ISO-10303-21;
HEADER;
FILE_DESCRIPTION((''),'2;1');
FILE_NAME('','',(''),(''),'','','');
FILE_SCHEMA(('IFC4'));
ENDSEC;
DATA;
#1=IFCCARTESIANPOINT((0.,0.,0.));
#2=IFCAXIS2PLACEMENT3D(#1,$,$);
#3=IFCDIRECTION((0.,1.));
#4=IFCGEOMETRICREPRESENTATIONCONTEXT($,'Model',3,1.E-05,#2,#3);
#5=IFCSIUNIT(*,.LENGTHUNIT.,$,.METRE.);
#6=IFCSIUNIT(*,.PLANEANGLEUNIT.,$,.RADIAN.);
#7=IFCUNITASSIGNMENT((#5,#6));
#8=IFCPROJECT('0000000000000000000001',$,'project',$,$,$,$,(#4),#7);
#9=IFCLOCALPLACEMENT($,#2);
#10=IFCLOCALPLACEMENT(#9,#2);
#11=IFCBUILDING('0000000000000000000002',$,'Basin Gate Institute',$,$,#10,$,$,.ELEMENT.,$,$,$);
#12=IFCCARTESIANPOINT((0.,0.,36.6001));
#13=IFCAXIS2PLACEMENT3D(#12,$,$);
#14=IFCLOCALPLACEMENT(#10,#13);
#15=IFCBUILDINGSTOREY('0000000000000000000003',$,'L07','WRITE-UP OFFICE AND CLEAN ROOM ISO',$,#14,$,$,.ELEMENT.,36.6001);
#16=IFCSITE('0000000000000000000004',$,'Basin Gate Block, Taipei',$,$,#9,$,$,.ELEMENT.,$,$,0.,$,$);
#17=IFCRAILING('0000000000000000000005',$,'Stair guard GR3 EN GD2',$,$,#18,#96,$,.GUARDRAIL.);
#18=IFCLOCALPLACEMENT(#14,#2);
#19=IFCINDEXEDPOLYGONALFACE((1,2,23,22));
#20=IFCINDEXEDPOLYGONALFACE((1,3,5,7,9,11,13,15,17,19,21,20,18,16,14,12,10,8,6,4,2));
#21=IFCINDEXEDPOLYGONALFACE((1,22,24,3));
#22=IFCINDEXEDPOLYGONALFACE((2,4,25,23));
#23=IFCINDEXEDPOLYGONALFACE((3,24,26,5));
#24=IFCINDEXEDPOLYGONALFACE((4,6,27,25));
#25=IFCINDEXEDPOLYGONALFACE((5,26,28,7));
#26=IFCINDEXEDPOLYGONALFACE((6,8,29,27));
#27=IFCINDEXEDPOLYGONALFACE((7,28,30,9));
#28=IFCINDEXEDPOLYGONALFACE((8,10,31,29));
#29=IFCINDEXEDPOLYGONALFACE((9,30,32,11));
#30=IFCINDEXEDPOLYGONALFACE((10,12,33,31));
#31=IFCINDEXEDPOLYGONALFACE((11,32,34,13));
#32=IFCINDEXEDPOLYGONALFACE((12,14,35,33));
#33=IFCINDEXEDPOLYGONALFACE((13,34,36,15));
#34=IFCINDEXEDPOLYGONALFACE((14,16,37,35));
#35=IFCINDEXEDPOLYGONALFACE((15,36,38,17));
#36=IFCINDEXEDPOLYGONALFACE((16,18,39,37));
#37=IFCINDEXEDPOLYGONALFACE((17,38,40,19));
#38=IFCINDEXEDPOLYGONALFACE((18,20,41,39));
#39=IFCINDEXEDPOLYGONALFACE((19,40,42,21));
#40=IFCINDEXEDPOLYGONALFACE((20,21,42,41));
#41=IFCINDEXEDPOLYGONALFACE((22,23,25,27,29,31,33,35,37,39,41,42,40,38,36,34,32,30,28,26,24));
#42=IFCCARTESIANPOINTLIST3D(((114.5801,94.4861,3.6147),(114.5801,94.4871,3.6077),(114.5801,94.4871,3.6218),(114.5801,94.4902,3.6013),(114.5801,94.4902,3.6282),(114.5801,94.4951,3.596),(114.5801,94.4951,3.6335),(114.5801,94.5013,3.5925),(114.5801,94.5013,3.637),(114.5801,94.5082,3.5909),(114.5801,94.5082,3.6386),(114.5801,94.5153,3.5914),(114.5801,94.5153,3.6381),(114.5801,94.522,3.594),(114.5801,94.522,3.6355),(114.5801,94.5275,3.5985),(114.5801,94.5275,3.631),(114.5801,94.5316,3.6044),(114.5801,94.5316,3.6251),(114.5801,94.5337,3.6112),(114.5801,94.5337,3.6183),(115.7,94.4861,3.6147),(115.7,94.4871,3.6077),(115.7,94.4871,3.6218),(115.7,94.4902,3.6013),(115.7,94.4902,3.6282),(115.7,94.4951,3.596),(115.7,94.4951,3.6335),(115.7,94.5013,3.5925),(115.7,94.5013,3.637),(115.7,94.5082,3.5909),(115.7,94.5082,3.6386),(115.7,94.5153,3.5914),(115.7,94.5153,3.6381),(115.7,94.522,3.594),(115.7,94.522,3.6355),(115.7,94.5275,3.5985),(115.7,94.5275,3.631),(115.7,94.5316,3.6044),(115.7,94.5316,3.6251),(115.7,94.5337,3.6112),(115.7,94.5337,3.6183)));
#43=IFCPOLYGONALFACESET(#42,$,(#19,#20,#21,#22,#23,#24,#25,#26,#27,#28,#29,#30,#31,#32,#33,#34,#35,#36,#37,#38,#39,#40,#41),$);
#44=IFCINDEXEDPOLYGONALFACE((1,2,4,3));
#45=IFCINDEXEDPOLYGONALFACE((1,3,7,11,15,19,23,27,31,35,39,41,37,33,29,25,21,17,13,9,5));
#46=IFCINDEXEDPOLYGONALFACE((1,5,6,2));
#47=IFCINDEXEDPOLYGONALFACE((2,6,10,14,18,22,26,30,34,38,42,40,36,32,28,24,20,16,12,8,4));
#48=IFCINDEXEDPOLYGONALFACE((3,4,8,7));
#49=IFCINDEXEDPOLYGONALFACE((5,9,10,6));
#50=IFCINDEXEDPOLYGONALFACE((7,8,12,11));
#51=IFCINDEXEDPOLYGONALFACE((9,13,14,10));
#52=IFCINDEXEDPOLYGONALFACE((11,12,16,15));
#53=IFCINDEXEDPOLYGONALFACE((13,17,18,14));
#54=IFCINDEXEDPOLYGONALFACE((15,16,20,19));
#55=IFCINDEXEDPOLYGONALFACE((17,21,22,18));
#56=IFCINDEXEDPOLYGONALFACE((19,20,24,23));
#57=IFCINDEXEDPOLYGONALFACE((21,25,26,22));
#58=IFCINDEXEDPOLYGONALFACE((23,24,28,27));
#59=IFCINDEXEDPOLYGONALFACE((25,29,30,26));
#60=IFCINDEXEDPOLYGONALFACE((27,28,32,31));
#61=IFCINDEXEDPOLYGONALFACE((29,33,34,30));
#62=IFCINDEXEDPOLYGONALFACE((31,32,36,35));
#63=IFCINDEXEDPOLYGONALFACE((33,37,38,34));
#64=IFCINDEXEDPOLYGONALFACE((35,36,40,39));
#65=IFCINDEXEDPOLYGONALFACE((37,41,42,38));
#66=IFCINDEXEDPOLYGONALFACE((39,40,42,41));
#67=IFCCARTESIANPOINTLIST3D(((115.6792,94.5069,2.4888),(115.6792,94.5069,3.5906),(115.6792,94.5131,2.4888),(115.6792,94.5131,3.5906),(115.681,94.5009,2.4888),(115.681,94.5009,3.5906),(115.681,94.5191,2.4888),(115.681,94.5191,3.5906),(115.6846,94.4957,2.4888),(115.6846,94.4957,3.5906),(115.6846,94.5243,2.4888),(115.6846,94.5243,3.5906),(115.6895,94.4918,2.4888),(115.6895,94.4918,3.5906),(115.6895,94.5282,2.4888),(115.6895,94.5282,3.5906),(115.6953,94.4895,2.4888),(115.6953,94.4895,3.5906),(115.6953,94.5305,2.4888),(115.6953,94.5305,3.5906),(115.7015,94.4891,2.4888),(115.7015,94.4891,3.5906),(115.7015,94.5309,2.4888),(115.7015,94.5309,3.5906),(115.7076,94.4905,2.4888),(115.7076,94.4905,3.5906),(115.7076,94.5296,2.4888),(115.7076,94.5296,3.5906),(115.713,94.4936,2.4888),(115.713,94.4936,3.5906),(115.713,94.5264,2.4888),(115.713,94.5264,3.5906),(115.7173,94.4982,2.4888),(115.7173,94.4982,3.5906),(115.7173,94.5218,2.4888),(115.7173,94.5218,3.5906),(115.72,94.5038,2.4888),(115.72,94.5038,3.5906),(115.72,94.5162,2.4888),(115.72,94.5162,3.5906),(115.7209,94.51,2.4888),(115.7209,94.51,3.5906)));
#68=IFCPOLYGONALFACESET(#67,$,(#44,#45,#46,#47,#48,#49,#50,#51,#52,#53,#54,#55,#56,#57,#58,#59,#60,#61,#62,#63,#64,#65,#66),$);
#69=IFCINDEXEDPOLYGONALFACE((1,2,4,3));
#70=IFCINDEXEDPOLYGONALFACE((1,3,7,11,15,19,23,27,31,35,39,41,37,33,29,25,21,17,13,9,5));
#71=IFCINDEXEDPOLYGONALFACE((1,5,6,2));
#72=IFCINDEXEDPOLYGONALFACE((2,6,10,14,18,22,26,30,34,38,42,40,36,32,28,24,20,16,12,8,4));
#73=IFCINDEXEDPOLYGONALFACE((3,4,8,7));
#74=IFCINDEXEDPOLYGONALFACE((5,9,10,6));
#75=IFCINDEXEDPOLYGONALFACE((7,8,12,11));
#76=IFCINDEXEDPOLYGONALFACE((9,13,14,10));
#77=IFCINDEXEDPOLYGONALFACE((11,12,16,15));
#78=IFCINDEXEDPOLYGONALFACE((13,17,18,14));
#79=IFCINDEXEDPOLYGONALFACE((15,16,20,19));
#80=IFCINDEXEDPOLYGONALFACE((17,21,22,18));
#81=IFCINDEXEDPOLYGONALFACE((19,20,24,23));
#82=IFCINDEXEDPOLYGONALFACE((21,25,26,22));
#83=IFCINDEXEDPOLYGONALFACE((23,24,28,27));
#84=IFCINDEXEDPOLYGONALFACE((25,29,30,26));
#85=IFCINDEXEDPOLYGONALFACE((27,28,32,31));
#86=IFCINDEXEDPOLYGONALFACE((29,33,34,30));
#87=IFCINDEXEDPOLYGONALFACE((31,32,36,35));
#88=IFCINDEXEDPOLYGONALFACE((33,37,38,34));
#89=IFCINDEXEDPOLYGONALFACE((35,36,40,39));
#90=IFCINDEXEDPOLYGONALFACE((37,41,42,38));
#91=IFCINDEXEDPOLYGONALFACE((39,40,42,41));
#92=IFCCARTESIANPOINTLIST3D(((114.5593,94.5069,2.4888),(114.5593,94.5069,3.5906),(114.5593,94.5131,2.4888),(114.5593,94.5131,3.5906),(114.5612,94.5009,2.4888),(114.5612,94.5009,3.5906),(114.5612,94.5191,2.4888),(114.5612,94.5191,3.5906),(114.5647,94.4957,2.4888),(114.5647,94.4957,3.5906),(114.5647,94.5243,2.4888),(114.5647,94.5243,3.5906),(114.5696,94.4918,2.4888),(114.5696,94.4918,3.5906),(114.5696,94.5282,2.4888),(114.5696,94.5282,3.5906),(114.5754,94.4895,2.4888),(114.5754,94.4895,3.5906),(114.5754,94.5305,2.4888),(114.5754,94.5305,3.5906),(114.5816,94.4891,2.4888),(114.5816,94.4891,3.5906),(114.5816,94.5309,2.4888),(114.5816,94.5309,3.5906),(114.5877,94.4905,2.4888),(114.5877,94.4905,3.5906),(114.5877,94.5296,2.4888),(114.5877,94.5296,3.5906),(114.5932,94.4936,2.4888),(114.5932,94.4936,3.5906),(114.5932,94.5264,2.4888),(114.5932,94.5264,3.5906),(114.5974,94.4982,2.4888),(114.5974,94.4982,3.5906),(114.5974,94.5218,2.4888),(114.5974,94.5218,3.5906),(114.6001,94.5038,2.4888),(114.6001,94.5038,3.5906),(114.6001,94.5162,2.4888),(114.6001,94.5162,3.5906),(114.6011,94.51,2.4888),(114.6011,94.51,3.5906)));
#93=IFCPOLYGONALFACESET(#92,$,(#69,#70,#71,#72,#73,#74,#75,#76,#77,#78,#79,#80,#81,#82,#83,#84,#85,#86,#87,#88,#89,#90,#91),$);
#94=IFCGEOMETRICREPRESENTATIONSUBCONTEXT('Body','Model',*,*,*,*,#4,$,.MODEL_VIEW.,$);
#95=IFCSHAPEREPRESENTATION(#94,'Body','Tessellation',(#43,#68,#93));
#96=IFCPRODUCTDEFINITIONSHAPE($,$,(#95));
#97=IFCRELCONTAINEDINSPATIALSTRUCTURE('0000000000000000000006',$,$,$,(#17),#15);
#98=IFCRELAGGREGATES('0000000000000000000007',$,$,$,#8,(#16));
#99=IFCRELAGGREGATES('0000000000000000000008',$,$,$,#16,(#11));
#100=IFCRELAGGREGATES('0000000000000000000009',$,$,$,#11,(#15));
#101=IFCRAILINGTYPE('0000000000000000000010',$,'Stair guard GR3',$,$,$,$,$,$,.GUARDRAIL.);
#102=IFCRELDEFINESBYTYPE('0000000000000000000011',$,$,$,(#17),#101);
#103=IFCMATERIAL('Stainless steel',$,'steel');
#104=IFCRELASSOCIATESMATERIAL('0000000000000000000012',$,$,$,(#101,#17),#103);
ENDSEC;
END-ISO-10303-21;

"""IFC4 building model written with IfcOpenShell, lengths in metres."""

from ifc_helpers import new_model, si_unit, direction, frame, origin, origin_2d, place, context, subcontext, project, spatial, circle, extrude, material, type_object, element, save


model = new_model("IFC4")

# Units and contexts
model_context = context("Model", 3, precision=1e-05, world=origin(), true_north=direction((0.0, 1.0)))
body_context = subcontext(model_context, "Body", "Model", "MODEL_VIEW")
ifc_project = project(units=[si_unit("LENGTHUNIT", "METRE"), si_unit("PLANEANGLEUNIT", "RADIAN")], contexts=[model_context])

# Site, building, storey
site_placement = place(None, origin())
site = spatial("IfcSite", under=ifc_project, at=site_placement, Name="Basin Gate Block, Taipei", CompositionType="ELEMENT", RefElevation=0.0)
building_placement = place(site_placement, origin())
building = spatial("IfcBuilding", under=site, at=building_placement, Name="Basin Gate Institute", CompositionType="ELEMENT")
storey_placement = place(building_placement, frame((0.0, 0.0, 36.6001)))
storey = spatial("IfcBuildingStorey", under=building, at=storey_placement, Name="L07", Description="WRITE-UP OFFICE AND CLEAN ROOM ISO", CompositionType="ELEMENT", Elevation=36.6001)

# Railing
ifc_material_1 = material(Name="Stainless steel", Category="steel")
railing_type_1 = type_object("IfcRailingType", Name="Stair guard GR3", PredefinedType="GUARDRAIL", material=ifc_material_1)
railing_1_placement = place(storey_placement, frame((115.7, 94.51, 2.4888)))
element("IfcRailing", 1, at=railing_1_placement, inside=storey, type_object=railing_type_1, material=ifc_material_1, Name="Stair guard GR3 EN GD2", PredefinedType="GUARDRAIL", context=body_context, shape_type="SweptSolid", body=[
    extrude(circle(Radius=0.0239, at=origin_2d()), frame((0.0, 0.0, 1.126), z_axis=(-1.0, 0.0, 0.0), x_axis=(0.0, -1.0, 0.0)), (0.0, 0.0, 1.0), 1.1199),
    extrude(circle(Radius=0.021, at=origin_2d()), origin(), (0.0, 0.0, 1.0), 1.1018),
    extrude(circle(Radius=0.021, at=origin_2d()), frame((-1.1199, 0.0, 0.0)), (0.0, 0.0, 1.0), 1.1018),
])

save(model, "model.ifc")
